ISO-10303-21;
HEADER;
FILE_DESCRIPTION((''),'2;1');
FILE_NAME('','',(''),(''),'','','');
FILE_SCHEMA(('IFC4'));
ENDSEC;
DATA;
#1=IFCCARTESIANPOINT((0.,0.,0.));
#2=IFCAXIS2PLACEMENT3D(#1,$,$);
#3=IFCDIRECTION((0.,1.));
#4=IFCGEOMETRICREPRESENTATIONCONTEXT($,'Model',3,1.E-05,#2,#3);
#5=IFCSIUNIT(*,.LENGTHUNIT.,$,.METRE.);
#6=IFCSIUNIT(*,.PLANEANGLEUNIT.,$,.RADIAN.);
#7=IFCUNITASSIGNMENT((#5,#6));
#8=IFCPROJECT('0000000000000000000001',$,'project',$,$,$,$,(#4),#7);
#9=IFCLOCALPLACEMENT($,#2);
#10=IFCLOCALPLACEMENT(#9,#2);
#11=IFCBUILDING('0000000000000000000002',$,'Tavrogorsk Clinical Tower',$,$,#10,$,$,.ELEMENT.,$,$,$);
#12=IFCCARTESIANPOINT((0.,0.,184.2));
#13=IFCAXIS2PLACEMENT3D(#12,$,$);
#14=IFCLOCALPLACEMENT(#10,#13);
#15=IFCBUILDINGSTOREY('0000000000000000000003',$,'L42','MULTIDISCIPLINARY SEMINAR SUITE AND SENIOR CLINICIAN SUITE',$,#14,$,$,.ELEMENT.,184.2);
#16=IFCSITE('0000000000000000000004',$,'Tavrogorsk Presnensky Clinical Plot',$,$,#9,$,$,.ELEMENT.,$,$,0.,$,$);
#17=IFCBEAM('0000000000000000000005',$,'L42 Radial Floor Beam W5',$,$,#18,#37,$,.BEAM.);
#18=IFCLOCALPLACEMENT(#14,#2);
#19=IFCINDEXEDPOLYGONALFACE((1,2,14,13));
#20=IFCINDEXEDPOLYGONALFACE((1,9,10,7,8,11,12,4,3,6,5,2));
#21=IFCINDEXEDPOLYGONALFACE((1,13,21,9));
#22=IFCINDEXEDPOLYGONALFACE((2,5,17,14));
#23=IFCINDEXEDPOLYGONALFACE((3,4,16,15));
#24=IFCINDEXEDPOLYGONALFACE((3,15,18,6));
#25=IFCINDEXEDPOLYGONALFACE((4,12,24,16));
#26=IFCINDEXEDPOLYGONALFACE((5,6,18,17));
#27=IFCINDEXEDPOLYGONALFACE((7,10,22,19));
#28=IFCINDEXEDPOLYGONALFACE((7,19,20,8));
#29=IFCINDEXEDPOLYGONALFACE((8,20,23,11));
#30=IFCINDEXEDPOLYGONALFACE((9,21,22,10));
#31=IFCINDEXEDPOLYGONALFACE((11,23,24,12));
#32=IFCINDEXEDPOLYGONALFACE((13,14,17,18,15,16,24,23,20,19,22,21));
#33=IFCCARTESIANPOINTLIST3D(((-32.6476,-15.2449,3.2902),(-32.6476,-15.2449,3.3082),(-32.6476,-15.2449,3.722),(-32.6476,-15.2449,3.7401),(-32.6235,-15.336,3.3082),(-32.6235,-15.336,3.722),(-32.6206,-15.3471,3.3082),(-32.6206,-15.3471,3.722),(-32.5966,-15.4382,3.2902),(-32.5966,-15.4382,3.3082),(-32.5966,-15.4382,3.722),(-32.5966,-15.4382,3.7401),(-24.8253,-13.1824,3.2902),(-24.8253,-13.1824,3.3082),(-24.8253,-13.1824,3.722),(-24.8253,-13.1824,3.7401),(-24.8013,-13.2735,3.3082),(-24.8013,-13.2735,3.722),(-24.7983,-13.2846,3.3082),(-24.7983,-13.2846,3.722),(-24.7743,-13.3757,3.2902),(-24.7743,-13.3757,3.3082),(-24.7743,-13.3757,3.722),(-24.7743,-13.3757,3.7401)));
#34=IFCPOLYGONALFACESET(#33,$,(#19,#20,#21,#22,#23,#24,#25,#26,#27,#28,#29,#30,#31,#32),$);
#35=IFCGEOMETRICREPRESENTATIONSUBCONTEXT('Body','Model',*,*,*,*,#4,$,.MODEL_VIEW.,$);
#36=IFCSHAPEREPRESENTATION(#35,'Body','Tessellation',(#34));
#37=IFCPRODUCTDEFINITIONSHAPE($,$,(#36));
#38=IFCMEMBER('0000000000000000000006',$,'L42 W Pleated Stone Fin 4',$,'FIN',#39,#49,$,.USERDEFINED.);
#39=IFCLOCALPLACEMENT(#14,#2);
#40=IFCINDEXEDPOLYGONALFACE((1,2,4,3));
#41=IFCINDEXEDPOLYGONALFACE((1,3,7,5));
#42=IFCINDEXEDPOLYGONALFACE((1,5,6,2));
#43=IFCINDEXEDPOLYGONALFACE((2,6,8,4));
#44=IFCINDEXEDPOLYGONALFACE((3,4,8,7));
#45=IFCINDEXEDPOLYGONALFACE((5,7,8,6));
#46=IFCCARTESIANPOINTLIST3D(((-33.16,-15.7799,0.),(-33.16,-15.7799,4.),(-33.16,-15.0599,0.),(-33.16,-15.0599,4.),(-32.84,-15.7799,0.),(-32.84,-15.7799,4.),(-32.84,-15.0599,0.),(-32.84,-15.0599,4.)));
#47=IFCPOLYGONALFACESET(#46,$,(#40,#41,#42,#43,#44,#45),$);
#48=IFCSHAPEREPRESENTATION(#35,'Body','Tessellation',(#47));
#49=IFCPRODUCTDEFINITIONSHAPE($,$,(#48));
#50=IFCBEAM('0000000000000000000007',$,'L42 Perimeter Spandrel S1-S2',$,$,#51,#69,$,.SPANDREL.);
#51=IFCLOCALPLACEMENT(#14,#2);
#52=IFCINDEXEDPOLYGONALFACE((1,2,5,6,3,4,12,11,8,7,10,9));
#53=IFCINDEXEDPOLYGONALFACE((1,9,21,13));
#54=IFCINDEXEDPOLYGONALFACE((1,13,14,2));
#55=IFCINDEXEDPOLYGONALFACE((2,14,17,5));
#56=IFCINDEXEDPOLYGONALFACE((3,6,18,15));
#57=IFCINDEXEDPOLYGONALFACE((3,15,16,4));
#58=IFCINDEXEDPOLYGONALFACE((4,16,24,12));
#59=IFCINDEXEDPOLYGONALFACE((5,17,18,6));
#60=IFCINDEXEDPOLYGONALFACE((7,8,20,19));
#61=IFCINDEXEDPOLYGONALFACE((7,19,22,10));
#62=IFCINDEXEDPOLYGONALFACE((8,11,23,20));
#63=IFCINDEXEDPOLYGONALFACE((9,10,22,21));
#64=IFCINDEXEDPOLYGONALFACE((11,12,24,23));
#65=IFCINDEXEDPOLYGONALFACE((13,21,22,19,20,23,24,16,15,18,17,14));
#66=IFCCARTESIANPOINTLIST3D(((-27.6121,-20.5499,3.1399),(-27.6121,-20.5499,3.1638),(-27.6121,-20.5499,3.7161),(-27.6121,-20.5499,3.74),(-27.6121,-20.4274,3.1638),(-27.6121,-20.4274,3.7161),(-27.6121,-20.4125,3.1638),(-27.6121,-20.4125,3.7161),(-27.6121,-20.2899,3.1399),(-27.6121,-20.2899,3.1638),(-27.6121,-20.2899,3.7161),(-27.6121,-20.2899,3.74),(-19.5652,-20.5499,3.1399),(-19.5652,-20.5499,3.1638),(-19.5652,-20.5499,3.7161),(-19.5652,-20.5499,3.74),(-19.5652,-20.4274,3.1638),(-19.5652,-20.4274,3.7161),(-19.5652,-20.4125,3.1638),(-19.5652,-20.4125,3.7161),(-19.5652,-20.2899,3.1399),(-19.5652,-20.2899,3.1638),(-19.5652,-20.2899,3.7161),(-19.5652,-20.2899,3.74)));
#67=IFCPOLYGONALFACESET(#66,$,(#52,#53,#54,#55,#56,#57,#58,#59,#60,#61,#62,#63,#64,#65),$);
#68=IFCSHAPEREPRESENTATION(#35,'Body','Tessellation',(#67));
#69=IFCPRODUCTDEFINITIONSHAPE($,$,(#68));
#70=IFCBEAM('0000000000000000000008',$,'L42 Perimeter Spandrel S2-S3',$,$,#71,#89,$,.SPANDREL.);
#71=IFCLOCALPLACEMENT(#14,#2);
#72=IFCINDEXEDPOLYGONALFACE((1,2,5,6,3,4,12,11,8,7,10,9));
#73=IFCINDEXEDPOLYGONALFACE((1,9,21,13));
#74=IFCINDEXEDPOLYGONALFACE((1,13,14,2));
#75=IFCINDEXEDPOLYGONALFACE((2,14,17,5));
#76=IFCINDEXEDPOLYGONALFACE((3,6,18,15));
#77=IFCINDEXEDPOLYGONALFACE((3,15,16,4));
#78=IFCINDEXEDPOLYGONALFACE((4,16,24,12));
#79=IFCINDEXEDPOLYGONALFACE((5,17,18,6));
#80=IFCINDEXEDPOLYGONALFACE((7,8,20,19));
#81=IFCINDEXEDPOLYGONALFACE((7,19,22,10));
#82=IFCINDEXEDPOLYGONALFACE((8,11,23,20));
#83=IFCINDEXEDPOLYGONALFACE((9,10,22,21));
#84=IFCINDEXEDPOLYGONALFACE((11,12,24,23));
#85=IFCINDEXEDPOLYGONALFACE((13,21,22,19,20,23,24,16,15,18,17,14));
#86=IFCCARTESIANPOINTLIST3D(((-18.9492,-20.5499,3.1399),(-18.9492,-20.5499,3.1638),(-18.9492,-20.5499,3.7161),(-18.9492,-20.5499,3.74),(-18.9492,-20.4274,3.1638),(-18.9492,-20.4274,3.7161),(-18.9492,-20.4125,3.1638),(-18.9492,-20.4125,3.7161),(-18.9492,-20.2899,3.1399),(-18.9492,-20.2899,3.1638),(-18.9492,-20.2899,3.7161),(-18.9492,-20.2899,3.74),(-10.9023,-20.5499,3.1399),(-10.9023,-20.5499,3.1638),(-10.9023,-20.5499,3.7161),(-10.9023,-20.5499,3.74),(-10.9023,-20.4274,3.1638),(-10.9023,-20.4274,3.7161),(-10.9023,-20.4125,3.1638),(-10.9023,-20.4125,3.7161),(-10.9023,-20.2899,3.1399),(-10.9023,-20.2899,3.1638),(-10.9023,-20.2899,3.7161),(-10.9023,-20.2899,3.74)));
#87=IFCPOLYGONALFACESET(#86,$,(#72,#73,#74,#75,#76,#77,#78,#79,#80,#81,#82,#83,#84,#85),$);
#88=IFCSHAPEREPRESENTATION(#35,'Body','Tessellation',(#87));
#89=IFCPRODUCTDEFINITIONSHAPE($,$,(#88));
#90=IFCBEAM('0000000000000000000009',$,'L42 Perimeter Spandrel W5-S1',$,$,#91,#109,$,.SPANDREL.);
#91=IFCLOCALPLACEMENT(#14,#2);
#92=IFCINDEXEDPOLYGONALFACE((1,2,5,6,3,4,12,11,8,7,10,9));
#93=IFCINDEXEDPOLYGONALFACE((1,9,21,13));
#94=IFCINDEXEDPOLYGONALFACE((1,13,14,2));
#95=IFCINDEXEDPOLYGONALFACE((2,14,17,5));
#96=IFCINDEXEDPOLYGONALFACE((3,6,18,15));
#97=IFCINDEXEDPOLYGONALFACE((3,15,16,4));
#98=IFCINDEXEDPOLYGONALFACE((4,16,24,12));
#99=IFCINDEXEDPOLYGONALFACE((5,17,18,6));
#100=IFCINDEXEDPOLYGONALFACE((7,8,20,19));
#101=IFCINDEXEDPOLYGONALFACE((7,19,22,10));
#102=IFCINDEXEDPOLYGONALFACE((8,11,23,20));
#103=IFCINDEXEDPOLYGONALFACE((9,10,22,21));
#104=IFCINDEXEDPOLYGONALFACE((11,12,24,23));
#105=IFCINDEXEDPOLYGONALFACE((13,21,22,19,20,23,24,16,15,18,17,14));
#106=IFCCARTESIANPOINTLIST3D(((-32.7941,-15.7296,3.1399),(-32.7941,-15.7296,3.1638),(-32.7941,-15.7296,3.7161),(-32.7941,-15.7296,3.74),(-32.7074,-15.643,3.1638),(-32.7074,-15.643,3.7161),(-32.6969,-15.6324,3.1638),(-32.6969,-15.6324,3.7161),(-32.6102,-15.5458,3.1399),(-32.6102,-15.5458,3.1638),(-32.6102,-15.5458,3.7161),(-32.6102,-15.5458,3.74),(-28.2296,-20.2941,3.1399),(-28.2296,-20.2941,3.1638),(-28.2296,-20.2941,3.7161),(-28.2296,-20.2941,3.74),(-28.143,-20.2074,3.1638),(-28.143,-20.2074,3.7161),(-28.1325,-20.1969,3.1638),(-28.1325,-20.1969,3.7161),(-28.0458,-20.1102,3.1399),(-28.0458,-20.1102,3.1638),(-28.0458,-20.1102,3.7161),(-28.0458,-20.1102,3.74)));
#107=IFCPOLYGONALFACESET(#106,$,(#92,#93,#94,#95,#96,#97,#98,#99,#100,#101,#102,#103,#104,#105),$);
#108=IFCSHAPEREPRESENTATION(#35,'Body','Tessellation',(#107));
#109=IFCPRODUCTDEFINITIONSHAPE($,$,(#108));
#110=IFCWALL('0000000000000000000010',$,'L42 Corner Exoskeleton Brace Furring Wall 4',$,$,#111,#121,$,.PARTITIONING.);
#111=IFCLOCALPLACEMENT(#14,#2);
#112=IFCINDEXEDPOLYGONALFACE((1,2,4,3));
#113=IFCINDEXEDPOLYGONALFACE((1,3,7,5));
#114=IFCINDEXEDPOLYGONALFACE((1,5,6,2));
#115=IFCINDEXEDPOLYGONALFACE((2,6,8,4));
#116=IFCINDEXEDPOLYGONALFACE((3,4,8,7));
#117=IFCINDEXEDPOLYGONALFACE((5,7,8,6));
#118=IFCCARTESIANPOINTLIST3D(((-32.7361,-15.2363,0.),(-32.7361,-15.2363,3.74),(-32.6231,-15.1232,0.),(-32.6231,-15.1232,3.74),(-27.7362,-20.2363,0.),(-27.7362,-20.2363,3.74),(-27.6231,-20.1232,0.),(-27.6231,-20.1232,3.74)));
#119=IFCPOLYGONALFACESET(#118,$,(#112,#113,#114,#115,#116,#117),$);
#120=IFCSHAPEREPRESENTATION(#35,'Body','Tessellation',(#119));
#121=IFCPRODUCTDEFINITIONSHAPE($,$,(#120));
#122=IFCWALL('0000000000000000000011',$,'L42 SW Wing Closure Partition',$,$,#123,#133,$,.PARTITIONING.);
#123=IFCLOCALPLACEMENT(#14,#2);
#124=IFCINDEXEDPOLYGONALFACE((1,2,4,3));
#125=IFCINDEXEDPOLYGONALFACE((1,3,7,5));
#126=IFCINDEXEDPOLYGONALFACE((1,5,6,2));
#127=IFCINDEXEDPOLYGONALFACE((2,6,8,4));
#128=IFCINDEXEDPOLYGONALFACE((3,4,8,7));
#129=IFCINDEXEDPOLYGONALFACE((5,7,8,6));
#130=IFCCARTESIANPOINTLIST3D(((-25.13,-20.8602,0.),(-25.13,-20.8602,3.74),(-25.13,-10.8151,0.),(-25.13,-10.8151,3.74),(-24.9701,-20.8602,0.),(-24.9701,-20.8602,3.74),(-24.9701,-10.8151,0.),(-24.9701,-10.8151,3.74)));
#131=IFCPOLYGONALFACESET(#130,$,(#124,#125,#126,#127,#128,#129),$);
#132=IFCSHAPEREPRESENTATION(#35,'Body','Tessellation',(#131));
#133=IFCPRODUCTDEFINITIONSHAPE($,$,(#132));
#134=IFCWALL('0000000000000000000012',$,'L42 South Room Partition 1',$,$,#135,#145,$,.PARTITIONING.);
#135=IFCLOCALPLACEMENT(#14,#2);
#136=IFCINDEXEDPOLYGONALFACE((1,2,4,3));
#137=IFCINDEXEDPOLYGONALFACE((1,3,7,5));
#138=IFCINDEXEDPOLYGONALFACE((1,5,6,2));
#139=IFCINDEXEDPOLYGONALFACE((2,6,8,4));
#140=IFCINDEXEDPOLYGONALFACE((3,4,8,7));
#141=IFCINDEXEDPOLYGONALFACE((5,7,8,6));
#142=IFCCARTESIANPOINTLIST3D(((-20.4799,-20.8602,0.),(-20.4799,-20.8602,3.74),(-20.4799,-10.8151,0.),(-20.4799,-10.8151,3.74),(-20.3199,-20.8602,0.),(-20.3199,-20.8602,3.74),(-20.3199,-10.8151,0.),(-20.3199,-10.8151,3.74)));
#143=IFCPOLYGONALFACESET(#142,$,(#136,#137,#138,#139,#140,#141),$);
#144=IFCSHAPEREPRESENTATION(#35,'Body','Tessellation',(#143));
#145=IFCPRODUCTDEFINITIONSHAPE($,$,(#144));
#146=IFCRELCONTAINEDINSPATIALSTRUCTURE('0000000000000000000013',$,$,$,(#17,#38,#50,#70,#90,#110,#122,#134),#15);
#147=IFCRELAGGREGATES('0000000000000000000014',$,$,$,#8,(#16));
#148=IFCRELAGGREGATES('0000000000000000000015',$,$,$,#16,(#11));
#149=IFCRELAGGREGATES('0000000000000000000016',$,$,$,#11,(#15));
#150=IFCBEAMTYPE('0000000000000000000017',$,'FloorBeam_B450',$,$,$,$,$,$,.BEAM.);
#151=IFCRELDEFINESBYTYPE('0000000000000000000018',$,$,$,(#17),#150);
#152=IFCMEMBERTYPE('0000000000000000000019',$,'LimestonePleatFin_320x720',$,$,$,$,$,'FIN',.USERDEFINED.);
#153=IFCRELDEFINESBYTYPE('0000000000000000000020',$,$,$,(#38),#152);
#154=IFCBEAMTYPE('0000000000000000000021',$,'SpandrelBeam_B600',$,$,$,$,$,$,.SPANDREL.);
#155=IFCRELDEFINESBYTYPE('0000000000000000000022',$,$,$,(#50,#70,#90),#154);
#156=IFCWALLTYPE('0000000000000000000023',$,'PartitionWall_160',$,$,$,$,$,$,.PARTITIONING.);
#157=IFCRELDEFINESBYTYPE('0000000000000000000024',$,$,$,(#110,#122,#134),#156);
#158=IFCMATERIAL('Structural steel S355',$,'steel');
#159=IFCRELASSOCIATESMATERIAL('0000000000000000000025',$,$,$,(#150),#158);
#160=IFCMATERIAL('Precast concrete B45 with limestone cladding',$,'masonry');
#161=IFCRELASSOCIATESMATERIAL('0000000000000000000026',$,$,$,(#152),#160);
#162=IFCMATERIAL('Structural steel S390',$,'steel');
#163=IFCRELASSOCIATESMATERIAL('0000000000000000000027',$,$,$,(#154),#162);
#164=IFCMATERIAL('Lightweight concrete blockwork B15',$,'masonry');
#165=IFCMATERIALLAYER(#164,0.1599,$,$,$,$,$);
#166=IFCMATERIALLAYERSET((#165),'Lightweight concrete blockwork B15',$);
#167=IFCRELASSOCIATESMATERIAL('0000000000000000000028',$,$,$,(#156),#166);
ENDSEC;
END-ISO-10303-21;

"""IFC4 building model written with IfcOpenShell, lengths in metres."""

from ifc_helpers import new_model, si_unit, direction, frame, frame_2d, origin, origin_2d, place, context, subcontext, project, spatial, rectangle, i_section, extrude, material, layer, layer_set, material_profile, profile_set, type_object, element, save


model = new_model("IFC4")

# Units and contexts
model_context = context("Model", 3, precision=1e-05, world=origin(), true_north=direction((0.0, 1.0)))
body_context = subcontext(model_context, "Body", "Model", "MODEL_VIEW")
ifc_project = project(units=[si_unit("LENGTHUNIT", "METRE"), si_unit("PLANEANGLEUNIT", "RADIAN")], contexts=[model_context])

# Site, building, storey
site_placement = place(None, origin())
site = spatial("IfcSite", under=ifc_project, at=site_placement, Name="Tavrogorsk Presnensky Clinical Plot", CompositionType="ELEMENT", RefElevation=0.0)
building_placement = place(site_placement, origin())
building = spatial("IfcBuilding", under=site, at=building_placement, Name="Tavrogorsk Clinical Tower", CompositionType="ELEMENT")
storey_placement = place(building_placement, frame((0.0, 0.0, 184.2)))
storey = spatial("IfcBuildingStorey", under=building, at=storey_placement, Name="L42", Description="MULTIDISCIPLINARY SEMINAR SUITE AND SENIOR CLINICIAN SUITE", CompositionType="ELEMENT", Elevation=184.2)

# Beam
ifc_material_1 = material(Name="Structural steel S355", Category="steel")
ifc_material_profile_1 = material_profile(ifc_material_1, i_section(OverallWidth=0.2, OverallDepth=0.45, WebThickness=0.0115, FlangeThickness=0.0181, at=origin_2d()), Name="B-450x200x11.5x18")
ifc_profile_set_1 = profile_set([ifc_material_profile_1], Name="Structural steel S355")
beam_type_1 = type_object("IfcBeamType", Name="FloorBeam_B450", PredefinedType="BEAM", material=ifc_profile_set_1)
beam_1_placement = place(storey_placement, frame((-24.7998, -13.2791, 3.5151), z_axis=(-0.966952, -0.254957, 0.0), x_axis=(0.254957, -0.966952, 0.0)))
element("IfcBeam", 1, at=beam_1_placement, inside=storey, type_object=beam_type_1, Name="L42 Radial Floor Beam W5", PredefinedType="BEAM", context=body_context, shape_type="SweptSolid", body=[
    extrude(i_section(OverallWidth=0.2, OverallDepth=0.45, WebThickness=0.0115, FlangeThickness=0.0181, at=origin_2d()), origin(), (0.0, 0.0, 1.0), 8.0896),
])

# Member
ifc_material_2 = material(Name="Precast concrete B45 with limestone cladding", Category="masonry")
ifc_material_profile_2 = material_profile(ifc_material_2, rectangle(XDim=0.3201, YDim=0.72, at=origin_2d()), Name="LIMESTONE-FIN-320x720")
ifc_profile_set_2 = profile_set([ifc_material_profile_2], Name="Precast concrete B45 with limestone cladding")
member_type_1 = type_object("IfcMemberType", Name="LimestonePleatFin_320x720", ElementType="FIN", PredefinedType="USERDEFINED", material=ifc_profile_set_2)
member_1_placement = place(storey_placement, frame((-33.0, -15.4199, 0.0), z_axis=(0.0, 0.0, 1.0), x_axis=(1.0, 0.0, 0.0)))
element("IfcMember", 2, at=member_1_placement, inside=storey, type_object=member_type_1, Name="L42 W Pleated Stone Fin 4", ObjectType="FIN", PredefinedType="USERDEFINED", context=body_context, shape_type="SweptSolid", body=[
    extrude(rectangle(XDim=0.3201, YDim=0.72, at=origin_2d()), origin(), (0.0, 0.0, 1.0), 4.0),
])

# Beams
ifc_material_3 = material(Name="Structural steel S390", Category="steel")
ifc_material_profile_3 = material_profile(ifc_material_3, i_section(OverallWidth=0.26, OverallDepth=0.6001, WebThickness=0.0149, FlangeThickness=0.0239, at=origin_2d()), Name="B-600x260x15x24")
ifc_profile_set_3 = profile_set([ifc_material_profile_3], Name="Structural steel S390")
beam_type_2 = type_object("IfcBeamType", Name="SpandrelBeam_B600", PredefinedType="SPANDREL", material=ifc_profile_set_3)
for number, where, z_axis, x_axis, name in (
    (3, (-27.6121, -20.4199, 3.4399), (1.0, 0.0, 0.0), (0.0, 1.0, 0.0), "L42 Perimeter Spandrel S1-S2"),
    (4, (-18.9492, -20.4199, 3.4399), (1.0, 0.0, 0.0), (0.0, 1.0, 0.0), "L42 Perimeter Spandrel S2-S3"),
):
    element("IfcBeam", number, at=place(storey_placement, frame(where, z_axis=z_axis, x_axis=x_axis)), inside=storey, type_object=beam_type_2, Name=name, PredefinedType="SPANDREL", context=body_context, shape_type="SweptSolid", body=[
        extrude(i_section(OverallWidth=0.26, OverallDepth=0.6001, WebThickness=0.0149, FlangeThickness=0.0239, at=origin_2d()), origin(), (0.0, 0.0, 1.0), 8.0469),
    ])
beam_2_placement = place(storey_placement, frame((-32.7021, -15.6377, 3.4399), z_axis=(0.707107, -0.707107, 0.0), x_axis=(0.707107, 0.707107, 0.0)))
element("IfcBeam", 5, at=beam_2_placement, inside=storey, type_object=beam_type_2, Name="L42 Perimeter Spandrel W5-S1", PredefinedType="SPANDREL", context=body_context, shape_type="SweptSolid", body=[
    extrude(i_section(OverallWidth=0.26, OverallDepth=0.6001, WebThickness=0.0149, FlangeThickness=0.0239, at=origin_2d()), origin(), (0.0, 0.0, 1.0), 6.4551),
])

# Walls
ifc_material_4 = material(Name="Lightweight concrete blockwork B15", Category="masonry")
ifc_layer_1 = layer(ifc_material_4, 0.1599)
ifc_layer_set_1 = layer_set([ifc_layer_1], Name="Lightweight concrete blockwork B15")
wall_type_1 = type_object("IfcWallType", Name="PartitionWall_160", PredefinedType="PARTITIONING", material=ifc_layer_set_1)
wall_1_placement = place(storey_placement, frame((-32.6797, -15.1797, 0.0), z_axis=(0.0, 0.0, 1.0), x_axis=(0.707107, -0.707107, 0.0)))
element("IfcWall", 6, at=wall_1_placement, inside=storey, type_object=wall_type_1, Name="L42 Corner Exoskeleton Brace Furring Wall 4", PredefinedType="PARTITIONING", context=body_context, shape_type="SweptSolid", body=[
    extrude(rectangle(XDim=7.071, YDim=0.1599, at=frame_2d((3.5356, 0.0))), origin(), (0.0, 0.0, 1.0), 3.74),
])
for number, where, z_axis, x_axis, name in (
    (7, (-25.05, -20.8601, 0.0), (0.0, 0.0, 1.0), (0.0, 1.0, 0.0), "L42 SW Wing Closure Partition"),
    (8, (-20.3999, -20.8601, 0.0), (0.0, 0.0, 1.0), (0.0, 1.0, 0.0), "L42 South Room Partition 1"),
):
    element("IfcWall", number, at=place(storey_placement, frame(where, z_axis=z_axis, x_axis=x_axis)), inside=storey, type_object=wall_type_1, Name=name, PredefinedType="PARTITIONING", context=body_context, shape_type="SweptSolid", body=[
        extrude(rectangle(XDim=10.0452, YDim=0.1599, at=frame_2d((5.0225, 0.0))), origin(), (0.0, 0.0, 1.0), 3.74),
    ])

save(model, "model.ifc")
